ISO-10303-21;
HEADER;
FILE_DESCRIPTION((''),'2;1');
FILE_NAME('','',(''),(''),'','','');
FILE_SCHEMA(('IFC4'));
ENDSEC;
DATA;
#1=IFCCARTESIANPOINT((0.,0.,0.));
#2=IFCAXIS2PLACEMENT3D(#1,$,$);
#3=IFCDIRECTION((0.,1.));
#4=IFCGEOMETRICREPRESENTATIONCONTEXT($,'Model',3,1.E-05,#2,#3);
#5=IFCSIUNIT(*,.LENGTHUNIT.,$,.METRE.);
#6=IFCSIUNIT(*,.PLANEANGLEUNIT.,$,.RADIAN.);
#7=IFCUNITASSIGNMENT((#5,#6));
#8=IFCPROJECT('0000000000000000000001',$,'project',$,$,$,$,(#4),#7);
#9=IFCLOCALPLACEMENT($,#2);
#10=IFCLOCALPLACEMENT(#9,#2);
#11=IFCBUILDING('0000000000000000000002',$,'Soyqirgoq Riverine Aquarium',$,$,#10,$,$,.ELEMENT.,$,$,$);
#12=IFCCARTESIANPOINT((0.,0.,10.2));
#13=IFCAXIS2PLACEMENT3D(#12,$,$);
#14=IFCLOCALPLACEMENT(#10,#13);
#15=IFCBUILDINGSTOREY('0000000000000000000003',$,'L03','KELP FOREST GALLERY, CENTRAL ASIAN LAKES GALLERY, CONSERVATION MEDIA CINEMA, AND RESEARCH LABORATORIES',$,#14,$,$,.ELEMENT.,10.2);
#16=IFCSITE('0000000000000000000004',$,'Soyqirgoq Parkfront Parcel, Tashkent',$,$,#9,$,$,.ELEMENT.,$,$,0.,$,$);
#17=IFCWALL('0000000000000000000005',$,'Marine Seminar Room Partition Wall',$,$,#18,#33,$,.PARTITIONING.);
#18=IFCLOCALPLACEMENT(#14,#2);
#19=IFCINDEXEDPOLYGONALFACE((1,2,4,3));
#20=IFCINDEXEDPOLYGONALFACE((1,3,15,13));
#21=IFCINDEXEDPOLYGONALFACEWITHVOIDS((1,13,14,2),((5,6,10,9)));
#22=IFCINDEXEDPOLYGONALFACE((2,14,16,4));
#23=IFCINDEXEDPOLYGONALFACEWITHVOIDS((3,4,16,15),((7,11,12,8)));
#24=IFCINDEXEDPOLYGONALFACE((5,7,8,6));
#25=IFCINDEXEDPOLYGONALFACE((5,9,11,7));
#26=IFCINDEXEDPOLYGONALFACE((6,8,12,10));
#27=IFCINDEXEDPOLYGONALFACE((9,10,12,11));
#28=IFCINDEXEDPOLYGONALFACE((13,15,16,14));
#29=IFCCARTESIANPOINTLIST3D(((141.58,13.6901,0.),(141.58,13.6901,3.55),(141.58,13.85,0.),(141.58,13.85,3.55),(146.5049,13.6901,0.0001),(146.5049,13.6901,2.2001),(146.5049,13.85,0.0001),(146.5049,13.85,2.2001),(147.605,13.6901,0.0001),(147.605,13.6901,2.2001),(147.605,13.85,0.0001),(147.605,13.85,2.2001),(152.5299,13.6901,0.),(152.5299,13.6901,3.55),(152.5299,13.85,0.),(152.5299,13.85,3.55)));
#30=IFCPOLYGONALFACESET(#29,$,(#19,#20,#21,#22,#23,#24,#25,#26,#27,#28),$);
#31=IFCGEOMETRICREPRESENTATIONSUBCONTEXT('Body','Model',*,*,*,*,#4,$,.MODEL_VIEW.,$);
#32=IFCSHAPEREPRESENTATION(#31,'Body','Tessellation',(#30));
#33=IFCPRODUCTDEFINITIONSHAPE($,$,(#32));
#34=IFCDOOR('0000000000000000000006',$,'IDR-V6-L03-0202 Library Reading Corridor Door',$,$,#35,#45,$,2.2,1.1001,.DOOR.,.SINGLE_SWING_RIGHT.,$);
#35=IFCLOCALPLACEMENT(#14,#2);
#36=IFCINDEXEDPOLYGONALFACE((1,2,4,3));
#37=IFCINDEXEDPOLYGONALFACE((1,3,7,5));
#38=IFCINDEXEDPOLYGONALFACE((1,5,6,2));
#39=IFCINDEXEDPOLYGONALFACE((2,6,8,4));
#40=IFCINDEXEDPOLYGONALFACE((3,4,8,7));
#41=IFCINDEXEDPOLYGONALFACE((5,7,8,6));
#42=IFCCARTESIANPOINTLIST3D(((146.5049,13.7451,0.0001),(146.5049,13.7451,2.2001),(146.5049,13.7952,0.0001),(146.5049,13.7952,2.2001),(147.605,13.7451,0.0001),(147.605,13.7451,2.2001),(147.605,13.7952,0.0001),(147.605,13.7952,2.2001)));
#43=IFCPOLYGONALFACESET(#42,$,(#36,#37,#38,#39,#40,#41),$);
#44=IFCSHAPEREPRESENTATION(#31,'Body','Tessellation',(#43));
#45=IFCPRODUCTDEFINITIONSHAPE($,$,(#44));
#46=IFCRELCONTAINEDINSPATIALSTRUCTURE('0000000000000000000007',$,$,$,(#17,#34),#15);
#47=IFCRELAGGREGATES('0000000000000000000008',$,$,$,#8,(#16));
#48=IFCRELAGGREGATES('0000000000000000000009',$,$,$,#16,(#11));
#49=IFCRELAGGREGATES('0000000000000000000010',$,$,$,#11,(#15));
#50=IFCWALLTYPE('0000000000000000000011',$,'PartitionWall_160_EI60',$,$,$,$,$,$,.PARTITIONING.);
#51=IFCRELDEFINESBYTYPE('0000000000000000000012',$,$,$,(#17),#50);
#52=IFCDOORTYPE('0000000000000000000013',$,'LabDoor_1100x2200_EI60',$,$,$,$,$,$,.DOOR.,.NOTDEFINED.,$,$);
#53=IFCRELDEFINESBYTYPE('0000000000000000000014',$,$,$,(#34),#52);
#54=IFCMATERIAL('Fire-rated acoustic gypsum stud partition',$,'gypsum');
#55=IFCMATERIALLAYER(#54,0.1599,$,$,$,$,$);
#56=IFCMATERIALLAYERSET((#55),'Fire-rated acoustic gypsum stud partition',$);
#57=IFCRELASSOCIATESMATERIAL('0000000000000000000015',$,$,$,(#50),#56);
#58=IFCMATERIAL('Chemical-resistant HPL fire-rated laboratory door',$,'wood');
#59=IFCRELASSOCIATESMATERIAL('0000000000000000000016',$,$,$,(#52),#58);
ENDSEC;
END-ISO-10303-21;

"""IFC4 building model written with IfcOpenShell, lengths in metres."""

from ifc_helpers import new_model, si_unit, direction, frame, frame_2d, origin, place, context, subcontext, project, spatial, rectangle, extrude, material, layer, layer_set, type_object, element, fill, save


model = new_model("IFC4")

# Units and contexts
model_context = context("Model", 3, precision=1e-05, world=origin(), true_north=direction((0.0, 1.0)))
body_context = subcontext(model_context, "Body", "Model", "MODEL_VIEW")
ifc_project = project(units=[si_unit("LENGTHUNIT", "METRE"), si_unit("PLANEANGLEUNIT", "RADIAN")], contexts=[model_context])

# Site, building, storey
site_placement = place(None, origin())
site = spatial("IfcSite", under=ifc_project, at=site_placement, Name="Soyqirgoq Parkfront Parcel, Tashkent", CompositionType="ELEMENT", RefElevation=0.0)
building_placement = place(site_placement, origin())
building = spatial("IfcBuilding", under=site, at=building_placement, Name="Soyqirgoq Riverine Aquarium", CompositionType="ELEMENT")
storey_placement = place(building_placement, frame((0.0, 0.0, 10.2)))
storey = spatial("IfcBuildingStorey", under=building, at=storey_placement, Name="L03", Description="KELP FOREST GALLERY, CENTRAL ASIAN LAKES GALLERY, CONSERVATION MEDIA CINEMA, AND RESEARCH LABORATORIES", CompositionType="ELEMENT", Elevation=10.2)

# Wall, opening, door
ifc_material_1 = material(Name="Fire-rated acoustic gypsum stud partition", Category="gypsum")
ifc_layer_1 = layer(ifc_material_1, 0.1599)
ifc_layer_set_1 = layer_set([ifc_layer_1], Name="Fire-rated acoustic gypsum stud partition")
wall_type_1 = type_object("IfcWallType", Name="PartitionWall_160_EI60", PredefinedType="PARTITIONING", material=ifc_layer_set_1)
wall_1_placement = place(storey_placement, frame((152.53, 13.77, 0.0), z_axis=(0.0, 0.0, 1.0), x_axis=(-1.0, 0.0, 0.0)))
wall_1 = element("IfcWall", 1, at=wall_1_placement, inside=storey, type_object=wall_type_1, Name="Marine Seminar Room Partition Wall", PredefinedType="PARTITIONING", context=body_context, shape_type="SweptSolid", body=[
    extrude(rectangle(XDim=10.95, YDim=0.1599, at=frame_2d((5.4751, 0.0))), origin(), (0.0, 0.0, 1.0), 3.55),
])
opening_1_placement = place(wall_1_placement, frame((4.925, 0.0, 0.0)))
opening_1 = element("IfcOpeningElement", 2, at=opening_1_placement, cuts=wall_1, PredefinedType="OPENING", context=body_context, shape_type="SweptSolid", body=[
    extrude(rectangle(XDim=1.1001, YDim=2.2, at=frame_2d((0.55, 1.1001))), frame((0.0, 0.0898, 0.0), z_axis=(0.0, -1.0, 0.0), x_axis=(1.0, 0.0, 0.0)), (0.0, 0.0, 1.0), 0.1799),
])
ifc_material_2 = material(Name="Chemical-resistant HPL fire-rated laboratory door", Category="wood")
door_type_1 = type_object("IfcDoorType", Name="LabDoor_1100x2200_EI60", OperationType="NOTDEFINED", PredefinedType="DOOR", material=ifc_material_2)
door_1_placement = place(opening_1_placement, origin())
door_1 = element("IfcDoor", 3, at=door_1_placement, inside=storey, type_object=door_type_1, Name="IDR-V6-L03-0202 Library Reading Corridor Door", OperationType="SINGLE_SWING_RIGHT", OverallHeight=2.2, OverallWidth=1.1001, PredefinedType="DOOR", context=body_context, shape_type="SweptSolid", body=[
    extrude(rectangle(XDim=1.1001, YDim=2.2, at=frame_2d((0.55, 1.1001))), frame((0.0, 0.0249, 0.0), z_axis=(0.0, -1.0, 0.0), x_axis=(1.0, 0.0, 0.0)), (0.0, 0.0, 1.0), 0.05),
])
fill(opening_1, door_1)

save(model, "model.ifc")
